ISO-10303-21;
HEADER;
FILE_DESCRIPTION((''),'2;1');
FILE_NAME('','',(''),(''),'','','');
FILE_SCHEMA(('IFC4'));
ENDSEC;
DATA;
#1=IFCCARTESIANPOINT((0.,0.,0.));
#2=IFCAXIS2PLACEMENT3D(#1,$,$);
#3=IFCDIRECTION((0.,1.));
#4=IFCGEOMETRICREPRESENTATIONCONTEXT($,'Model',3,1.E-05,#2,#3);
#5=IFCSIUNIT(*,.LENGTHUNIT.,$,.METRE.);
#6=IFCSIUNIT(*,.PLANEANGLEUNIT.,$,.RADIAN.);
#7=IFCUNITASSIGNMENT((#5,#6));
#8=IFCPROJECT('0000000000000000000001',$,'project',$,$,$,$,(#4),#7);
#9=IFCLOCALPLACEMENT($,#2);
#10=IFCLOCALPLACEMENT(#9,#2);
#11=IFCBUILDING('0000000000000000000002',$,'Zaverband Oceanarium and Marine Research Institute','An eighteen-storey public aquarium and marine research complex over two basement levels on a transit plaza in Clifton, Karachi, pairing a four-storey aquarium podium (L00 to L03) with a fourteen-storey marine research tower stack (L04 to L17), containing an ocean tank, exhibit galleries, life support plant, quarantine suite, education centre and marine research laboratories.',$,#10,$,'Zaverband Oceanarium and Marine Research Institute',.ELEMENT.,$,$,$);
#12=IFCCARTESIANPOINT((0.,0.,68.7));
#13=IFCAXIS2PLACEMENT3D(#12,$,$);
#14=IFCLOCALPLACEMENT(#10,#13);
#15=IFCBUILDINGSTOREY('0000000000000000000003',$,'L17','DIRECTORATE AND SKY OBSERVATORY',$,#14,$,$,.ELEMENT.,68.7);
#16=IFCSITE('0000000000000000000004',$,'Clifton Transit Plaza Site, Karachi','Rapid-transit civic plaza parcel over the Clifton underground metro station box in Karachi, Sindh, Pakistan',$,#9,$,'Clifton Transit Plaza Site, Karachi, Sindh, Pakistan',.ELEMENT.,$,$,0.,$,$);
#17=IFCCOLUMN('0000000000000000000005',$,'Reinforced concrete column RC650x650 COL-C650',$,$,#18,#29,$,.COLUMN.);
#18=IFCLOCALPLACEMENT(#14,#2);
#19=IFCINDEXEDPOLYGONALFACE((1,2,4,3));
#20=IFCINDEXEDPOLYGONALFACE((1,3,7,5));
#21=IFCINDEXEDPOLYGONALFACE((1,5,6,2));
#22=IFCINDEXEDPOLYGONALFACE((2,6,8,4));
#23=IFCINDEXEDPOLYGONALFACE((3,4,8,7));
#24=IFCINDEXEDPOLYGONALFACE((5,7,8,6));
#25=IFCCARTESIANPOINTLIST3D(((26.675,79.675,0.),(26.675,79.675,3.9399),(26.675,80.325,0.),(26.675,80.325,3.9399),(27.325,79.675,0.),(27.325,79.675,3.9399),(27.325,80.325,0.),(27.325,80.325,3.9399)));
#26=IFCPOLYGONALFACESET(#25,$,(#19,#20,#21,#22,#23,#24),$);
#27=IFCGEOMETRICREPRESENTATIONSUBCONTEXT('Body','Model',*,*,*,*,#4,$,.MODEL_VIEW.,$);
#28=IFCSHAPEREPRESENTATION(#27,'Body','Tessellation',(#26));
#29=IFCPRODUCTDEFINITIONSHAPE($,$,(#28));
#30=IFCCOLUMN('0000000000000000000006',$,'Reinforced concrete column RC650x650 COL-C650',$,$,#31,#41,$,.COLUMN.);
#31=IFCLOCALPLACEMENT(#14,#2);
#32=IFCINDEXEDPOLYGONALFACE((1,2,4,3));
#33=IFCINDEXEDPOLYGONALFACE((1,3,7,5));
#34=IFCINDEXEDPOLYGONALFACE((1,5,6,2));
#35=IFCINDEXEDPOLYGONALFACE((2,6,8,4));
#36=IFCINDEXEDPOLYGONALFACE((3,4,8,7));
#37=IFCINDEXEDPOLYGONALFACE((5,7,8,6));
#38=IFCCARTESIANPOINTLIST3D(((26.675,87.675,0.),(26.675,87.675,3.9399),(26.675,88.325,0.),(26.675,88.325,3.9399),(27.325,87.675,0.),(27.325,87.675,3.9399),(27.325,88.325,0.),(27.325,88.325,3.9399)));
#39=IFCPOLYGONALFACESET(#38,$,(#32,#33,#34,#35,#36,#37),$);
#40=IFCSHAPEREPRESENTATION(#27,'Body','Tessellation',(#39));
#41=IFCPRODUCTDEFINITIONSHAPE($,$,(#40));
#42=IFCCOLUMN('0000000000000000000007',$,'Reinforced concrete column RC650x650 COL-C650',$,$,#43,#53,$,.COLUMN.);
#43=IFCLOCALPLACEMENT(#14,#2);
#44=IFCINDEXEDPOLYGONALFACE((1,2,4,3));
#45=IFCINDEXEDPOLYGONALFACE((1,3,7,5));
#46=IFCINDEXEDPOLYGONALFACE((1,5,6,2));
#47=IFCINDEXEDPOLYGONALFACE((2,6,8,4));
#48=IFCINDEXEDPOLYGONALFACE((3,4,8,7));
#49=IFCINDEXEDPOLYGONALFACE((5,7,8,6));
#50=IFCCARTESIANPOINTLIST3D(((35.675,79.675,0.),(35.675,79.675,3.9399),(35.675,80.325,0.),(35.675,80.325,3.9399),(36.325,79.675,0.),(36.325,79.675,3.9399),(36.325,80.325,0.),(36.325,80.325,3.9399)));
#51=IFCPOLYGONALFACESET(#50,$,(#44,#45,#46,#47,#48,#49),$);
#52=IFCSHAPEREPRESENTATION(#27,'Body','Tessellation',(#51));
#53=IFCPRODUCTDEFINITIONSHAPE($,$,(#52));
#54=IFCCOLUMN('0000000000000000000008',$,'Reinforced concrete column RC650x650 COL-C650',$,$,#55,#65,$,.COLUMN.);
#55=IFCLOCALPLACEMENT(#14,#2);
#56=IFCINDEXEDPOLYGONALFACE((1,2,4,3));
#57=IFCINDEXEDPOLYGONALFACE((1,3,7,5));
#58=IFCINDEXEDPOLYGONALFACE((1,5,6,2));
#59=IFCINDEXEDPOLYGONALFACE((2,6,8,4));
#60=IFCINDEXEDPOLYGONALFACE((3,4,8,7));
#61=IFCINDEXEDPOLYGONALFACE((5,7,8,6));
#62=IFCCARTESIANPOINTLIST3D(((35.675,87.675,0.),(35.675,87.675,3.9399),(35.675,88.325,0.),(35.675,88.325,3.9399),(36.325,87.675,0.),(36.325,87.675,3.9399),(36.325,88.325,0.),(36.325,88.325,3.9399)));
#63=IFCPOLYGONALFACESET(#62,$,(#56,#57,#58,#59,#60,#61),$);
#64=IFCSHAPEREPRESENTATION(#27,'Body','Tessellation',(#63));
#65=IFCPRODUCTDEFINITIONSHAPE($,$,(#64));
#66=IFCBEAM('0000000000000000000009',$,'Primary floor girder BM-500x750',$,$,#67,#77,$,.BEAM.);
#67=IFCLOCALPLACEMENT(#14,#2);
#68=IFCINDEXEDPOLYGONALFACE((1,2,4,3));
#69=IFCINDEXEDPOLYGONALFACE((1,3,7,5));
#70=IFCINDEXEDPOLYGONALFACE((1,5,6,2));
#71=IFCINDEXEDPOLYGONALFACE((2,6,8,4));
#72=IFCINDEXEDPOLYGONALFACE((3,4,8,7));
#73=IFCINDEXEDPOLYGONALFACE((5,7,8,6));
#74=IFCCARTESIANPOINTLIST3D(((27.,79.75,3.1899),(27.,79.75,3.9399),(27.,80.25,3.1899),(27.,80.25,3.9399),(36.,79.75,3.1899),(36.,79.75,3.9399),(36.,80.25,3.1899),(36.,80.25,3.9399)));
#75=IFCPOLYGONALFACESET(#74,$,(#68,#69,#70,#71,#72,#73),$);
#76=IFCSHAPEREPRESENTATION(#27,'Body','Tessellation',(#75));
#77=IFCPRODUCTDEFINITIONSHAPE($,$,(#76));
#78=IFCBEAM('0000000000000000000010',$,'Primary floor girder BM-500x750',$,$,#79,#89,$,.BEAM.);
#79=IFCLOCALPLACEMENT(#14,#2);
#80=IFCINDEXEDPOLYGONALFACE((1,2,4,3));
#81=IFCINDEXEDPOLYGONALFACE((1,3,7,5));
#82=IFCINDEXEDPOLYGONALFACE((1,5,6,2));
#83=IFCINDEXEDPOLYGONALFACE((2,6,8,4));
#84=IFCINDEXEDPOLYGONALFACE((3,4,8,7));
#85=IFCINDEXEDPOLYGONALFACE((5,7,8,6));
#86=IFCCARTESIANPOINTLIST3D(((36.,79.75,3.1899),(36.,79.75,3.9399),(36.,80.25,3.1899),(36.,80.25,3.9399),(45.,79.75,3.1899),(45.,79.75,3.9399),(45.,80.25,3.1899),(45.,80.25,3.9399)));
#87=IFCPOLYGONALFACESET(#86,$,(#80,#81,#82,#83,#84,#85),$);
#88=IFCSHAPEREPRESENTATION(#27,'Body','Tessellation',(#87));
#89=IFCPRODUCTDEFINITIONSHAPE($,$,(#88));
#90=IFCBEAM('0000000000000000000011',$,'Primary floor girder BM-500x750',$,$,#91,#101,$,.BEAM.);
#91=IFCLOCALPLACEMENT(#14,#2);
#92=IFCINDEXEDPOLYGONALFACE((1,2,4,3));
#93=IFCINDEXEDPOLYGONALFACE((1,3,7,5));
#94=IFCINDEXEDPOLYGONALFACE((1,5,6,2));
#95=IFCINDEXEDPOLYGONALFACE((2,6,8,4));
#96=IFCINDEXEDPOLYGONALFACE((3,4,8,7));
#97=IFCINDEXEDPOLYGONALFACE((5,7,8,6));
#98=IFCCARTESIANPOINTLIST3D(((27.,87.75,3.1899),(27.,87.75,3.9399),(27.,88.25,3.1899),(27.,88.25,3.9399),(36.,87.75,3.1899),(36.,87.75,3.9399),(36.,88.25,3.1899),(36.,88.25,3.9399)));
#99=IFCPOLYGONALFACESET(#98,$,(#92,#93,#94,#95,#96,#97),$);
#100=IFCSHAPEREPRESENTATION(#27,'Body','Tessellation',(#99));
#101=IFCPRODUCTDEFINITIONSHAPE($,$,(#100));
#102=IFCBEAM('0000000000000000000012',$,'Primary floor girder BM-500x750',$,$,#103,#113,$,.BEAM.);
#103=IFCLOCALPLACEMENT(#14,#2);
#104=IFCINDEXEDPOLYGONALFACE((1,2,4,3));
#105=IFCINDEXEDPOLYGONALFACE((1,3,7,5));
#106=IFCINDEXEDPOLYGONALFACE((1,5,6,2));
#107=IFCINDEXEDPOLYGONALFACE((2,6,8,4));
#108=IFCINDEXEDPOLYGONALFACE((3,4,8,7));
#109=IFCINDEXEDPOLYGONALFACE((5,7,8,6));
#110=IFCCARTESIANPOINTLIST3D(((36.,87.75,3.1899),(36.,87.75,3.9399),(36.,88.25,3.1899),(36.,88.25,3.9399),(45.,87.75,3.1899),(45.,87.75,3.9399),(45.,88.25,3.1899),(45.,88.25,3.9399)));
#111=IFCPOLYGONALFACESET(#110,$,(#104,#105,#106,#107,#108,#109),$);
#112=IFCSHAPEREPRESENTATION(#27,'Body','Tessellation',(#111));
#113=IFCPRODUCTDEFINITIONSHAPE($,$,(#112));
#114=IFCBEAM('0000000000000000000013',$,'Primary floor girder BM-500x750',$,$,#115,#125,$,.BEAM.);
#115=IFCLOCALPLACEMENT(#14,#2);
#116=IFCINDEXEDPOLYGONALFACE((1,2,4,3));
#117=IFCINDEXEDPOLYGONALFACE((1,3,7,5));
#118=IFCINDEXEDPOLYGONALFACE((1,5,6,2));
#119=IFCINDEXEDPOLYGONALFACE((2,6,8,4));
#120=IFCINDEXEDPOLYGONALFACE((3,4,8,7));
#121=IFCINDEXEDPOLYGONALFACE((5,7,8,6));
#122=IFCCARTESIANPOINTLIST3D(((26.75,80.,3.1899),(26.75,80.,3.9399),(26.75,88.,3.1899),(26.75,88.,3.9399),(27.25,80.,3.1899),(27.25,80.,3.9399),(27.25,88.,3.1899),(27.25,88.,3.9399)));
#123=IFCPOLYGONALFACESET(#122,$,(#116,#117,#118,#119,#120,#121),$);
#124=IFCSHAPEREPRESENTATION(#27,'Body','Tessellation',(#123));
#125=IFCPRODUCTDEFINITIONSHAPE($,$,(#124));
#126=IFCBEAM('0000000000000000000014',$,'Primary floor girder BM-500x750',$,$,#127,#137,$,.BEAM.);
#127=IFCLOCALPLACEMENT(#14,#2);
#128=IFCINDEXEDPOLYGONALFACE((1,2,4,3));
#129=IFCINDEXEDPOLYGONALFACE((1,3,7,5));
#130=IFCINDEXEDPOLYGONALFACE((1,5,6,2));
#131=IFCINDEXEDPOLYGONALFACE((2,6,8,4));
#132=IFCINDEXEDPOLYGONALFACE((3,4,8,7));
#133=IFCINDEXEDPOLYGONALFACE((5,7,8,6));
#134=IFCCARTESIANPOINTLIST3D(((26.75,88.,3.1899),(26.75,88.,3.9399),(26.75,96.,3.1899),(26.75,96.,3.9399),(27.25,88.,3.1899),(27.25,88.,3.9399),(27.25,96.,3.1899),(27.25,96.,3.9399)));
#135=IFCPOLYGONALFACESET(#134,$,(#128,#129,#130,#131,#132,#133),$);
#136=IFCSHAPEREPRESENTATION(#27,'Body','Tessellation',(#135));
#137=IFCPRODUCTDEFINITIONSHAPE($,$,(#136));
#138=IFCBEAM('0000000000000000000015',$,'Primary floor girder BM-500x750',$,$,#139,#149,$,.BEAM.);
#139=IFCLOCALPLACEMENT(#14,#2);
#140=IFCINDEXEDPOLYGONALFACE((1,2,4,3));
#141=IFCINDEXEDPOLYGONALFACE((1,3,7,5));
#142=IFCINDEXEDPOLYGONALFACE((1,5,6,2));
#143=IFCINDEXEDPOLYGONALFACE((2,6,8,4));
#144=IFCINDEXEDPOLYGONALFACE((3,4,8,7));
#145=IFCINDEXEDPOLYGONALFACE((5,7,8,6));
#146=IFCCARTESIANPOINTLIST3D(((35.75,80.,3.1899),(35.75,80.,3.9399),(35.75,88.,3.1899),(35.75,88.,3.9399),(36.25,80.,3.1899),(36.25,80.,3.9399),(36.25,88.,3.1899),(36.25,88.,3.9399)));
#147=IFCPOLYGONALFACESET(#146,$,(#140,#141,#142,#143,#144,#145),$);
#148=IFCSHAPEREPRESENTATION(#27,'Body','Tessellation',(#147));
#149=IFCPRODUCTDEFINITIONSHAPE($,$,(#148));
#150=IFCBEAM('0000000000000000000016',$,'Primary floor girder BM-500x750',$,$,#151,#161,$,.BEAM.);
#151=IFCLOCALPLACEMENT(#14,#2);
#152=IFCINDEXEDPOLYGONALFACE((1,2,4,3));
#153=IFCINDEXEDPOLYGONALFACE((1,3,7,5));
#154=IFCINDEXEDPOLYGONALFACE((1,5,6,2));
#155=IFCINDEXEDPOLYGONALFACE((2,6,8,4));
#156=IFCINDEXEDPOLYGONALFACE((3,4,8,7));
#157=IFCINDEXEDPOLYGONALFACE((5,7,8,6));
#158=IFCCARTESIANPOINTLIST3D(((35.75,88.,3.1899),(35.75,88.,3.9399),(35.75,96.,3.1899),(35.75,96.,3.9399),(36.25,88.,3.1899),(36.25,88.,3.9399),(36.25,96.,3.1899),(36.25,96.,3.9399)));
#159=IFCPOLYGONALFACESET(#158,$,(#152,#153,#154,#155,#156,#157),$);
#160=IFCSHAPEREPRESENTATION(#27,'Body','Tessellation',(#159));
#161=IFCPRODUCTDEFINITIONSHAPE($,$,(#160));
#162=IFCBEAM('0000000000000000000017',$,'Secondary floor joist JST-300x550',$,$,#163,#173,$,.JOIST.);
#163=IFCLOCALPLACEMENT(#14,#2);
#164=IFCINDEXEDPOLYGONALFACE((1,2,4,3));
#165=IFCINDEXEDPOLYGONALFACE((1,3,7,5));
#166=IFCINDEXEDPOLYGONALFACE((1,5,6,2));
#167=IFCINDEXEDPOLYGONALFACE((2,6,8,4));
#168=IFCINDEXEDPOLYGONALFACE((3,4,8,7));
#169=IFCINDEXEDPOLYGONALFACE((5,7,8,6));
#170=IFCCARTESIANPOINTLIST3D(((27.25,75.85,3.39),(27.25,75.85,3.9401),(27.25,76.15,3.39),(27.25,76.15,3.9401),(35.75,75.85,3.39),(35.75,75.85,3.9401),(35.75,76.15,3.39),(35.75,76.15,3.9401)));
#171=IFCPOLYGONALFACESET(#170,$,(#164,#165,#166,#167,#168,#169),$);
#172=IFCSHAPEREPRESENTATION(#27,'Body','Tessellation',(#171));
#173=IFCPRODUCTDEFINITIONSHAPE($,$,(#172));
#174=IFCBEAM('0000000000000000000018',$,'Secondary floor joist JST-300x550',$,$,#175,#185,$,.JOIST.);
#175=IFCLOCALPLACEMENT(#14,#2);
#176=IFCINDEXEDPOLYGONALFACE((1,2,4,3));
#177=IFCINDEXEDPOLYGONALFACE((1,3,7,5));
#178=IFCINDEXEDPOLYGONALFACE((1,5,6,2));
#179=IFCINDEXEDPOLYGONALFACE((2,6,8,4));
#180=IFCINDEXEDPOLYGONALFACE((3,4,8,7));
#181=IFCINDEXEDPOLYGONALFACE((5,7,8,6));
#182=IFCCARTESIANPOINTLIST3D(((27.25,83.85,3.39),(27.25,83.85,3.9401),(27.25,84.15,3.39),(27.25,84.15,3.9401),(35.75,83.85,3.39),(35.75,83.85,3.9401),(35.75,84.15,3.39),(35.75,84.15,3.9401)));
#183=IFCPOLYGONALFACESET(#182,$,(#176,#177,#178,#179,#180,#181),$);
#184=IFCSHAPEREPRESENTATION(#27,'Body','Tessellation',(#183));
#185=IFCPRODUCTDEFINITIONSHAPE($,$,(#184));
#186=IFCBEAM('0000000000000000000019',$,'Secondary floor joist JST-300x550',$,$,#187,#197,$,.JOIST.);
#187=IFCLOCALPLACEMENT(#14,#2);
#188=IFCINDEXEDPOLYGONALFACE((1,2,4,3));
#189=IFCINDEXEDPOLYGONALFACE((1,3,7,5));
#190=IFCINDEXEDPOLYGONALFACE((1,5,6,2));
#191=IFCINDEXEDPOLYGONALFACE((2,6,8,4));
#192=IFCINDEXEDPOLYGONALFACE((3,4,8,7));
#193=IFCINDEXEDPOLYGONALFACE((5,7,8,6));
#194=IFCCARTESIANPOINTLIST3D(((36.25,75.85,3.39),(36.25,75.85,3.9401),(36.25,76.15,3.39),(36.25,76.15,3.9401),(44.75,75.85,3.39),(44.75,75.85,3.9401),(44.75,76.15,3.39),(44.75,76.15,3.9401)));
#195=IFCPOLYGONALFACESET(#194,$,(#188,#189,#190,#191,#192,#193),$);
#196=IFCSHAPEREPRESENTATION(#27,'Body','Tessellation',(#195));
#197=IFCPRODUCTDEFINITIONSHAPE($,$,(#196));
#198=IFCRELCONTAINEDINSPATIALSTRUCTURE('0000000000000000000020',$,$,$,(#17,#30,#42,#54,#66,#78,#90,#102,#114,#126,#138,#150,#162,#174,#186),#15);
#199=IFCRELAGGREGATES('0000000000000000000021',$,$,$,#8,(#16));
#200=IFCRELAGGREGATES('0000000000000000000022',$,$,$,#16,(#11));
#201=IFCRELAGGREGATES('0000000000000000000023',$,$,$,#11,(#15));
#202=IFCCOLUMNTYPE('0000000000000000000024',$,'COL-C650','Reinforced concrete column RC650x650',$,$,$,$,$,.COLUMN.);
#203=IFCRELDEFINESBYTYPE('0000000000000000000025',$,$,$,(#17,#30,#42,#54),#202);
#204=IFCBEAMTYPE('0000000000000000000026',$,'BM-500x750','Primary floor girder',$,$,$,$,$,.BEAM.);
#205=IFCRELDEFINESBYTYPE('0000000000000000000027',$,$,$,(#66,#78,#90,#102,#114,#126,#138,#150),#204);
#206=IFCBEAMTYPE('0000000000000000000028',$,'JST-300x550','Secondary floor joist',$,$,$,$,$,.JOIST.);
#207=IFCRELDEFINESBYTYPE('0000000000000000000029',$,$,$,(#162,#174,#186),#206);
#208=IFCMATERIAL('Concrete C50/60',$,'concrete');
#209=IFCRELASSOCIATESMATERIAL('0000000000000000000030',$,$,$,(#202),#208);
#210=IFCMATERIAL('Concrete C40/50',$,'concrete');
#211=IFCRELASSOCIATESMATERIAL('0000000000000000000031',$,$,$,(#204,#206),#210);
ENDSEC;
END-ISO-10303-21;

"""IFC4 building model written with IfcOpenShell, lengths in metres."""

from ifc_helpers import new_model, si_unit, direction, frame, origin, origin_2d, place, context, subcontext, project, spatial, rectangle, extrude, material, material_profile, profile_set, type_object, element, save


model = new_model("IFC4")

# Units and contexts
model_context = context("Model", 3, precision=1e-05, world=origin(), true_north=direction((0.0, 1.0)))
body_context = subcontext(model_context, "Body", "Model", "MODEL_VIEW")
ifc_project = project(units=[si_unit("LENGTHUNIT", "METRE"), si_unit("PLANEANGLEUNIT", "RADIAN")], contexts=[model_context])

# Site, building, storey
site_placement = place(None, origin())
site = spatial("IfcSite", under=ifc_project, at=site_placement, Name="Clifton Transit Plaza Site, Karachi", Description="Rapid-transit civic plaza parcel over the Clifton underground metro station box in Karachi, Sindh, Pakistan", LongName="Clifton Transit Plaza Site, Karachi, Sindh, Pakistan", CompositionType="ELEMENT", RefElevation=0.0)
building_placement = place(site_placement, origin())
building = spatial("IfcBuilding", under=site, at=building_placement, Name="Zaverband Oceanarium and Marine Research Institute", Description="An eighteen-storey public aquarium and marine research complex over two basement levels on a transit plaza in Clifton, Karachi, pairing a four-storey aquarium podium (L00 to L03) with a fourteen-storey marine research tower stack (L04 to L17), containing an ocean tank, exhibit galleries, life support plant, quarantine suite, education centre and marine research laboratories.", LongName="Zaverband Oceanarium and Marine Research Institute", CompositionType="ELEMENT")
storey_placement = place(building_placement, frame((0.0, 0.0, 68.7)))
storey = spatial("IfcBuildingStorey", under=building, at=storey_placement, Name="L17", Description="DIRECTORATE AND SKY OBSERVATORY", CompositionType="ELEMENT", Elevation=68.7)

# Columns
ifc_material_1 = material(Name="Concrete C50/60", Category="concrete")
ifc_material_profile_1 = material_profile(ifc_material_1, rectangle(XDim=0.6499, YDim=0.6499, at=origin_2d()), Name="RC650x650")
ifc_profile_set_1 = profile_set([ifc_material_profile_1], Name="Concrete C50/60")
column_type = type_object("IfcColumnType", Name="COL-C650", Description="Reinforced concrete column RC650x650", PredefinedType="COLUMN", material=ifc_profile_set_1)
for number, where, z_axis, x_axis, name in (
    (1, (27.0, 80.0, 0.0), (0.0, 0.0, 1.0), (1.0, 0.0, 0.0), "Reinforced concrete column RC650x650 COL-C650"),
    (2, (27.0, 88.0, 0.0), (0.0, 0.0, 1.0), (1.0, 0.0, 0.0), "Reinforced concrete column RC650x650 COL-C650"),
    (3, (36.0, 80.0, 0.0), (0.0, 0.0, 1.0), (1.0, 0.0, 0.0), "Reinforced concrete column RC650x650 COL-C650"),
    (4, (36.0, 88.0, 0.0), (0.0, 0.0, 1.0), (1.0, 0.0, 0.0), "Reinforced concrete column RC650x650 COL-C650"),
):
    element("IfcColumn", number, at=place(storey_placement, frame(where, z_axis=z_axis, x_axis=x_axis)), inside=storey, type_object=column_type, Name=name, PredefinedType="COLUMN", context=body_context, shape_type="SweptSolid", body=[
        extrude(rectangle(XDim=0.6499, YDim=0.6499, at=origin_2d()), origin(), (0.0, 0.0, 1.0), 3.9399),
    ])

# Beams
ifc_material_2 = material(Name="Concrete C40/50", Category="concrete")
ifc_material_profile_2 = material_profile(ifc_material_2, rectangle(XDim=0.5, YDim=0.75, at=origin_2d()), Name="RC500x750")
ifc_profile_set_2 = profile_set([ifc_material_profile_2], Name="Concrete C40/50")
beam_type_1 = type_object("IfcBeamType", Name="BM-500x750", Description="Primary floor girder", PredefinedType="BEAM", material=ifc_profile_set_2)
for number, where, z_axis, x_axis, name in (
    (5, (27.0, 80.0, 3.5649), (1.0, 0.0, 0.0), (0.0, 1.0, 0.0), "Primary floor girder BM-500x750"),
    (6, (36.0, 80.0, 3.5649), (1.0, 0.0, 0.0), (0.0, 1.0, 0.0), "Primary floor girder BM-500x750"),
    (7, (27.0, 88.0, 3.5649), (1.0, 0.0, 0.0), (0.0, 1.0, 0.0), "Primary floor girder BM-500x750"),
    (8, (36.0, 88.0, 3.5649), (1.0, 0.0, 0.0), (0.0, 1.0, 0.0), "Primary floor girder BM-500x750"),
):
    element("IfcBeam", number, at=place(storey_placement, frame(where, z_axis=z_axis, x_axis=x_axis)), inside=storey, type_object=beam_type_1, Name=name, PredefinedType="BEAM", context=body_context, shape_type="SweptSolid", body=[
        extrude(rectangle(XDim=0.5, YDim=0.75, at=origin_2d()), origin(), (0.0, 0.0, 1.0), 9.0),
    ])
for number, where, z_axis, x_axis, name in (
    (9, (27.0, 80.0, 3.5649), (0.0, 1.0, 0.0), (-1.0, 0.0, 0.0), "Primary floor girder BM-500x750"),
    (10, (27.0, 88.0, 3.5649), (0.0, 1.0, 0.0), (-1.0, 0.0, 0.0), "Primary floor girder BM-500x750"),
    (11, (36.0, 80.0, 3.5649), (0.0, 1.0, 0.0), (-1.0, 0.0, 0.0), "Primary floor girder BM-500x750"),
    (12, (36.0, 88.0, 3.5649), (0.0, 1.0, 0.0), (-1.0, 0.0, 0.0), "Primary floor girder BM-500x750"),
):
    element("IfcBeam", number, at=place(storey_placement, frame(where, z_axis=z_axis, x_axis=x_axis)), inside=storey, type_object=beam_type_1, Name=name, PredefinedType="BEAM", context=body_context, shape_type="SweptSolid", body=[
        extrude(rectangle(XDim=0.5, YDim=0.75, at=origin_2d()), origin(), (0.0, 0.0, 1.0), 8.0),
    ])
ifc_material_profile_3 = material_profile(ifc_material_2, rectangle(XDim=0.3, YDim=0.55, at=origin_2d()), Name="RC300x550")
ifc_profile_set_3 = profile_set([ifc_material_profile_3], Name="Concrete C40/50")
beam_type_2 = type_object("IfcBeamType", Name="JST-300x550", Description="Secondary floor joist", PredefinedType="JOIST", material=ifc_profile_set_3)
for number, where, z_axis, x_axis, name in (
    (13, (27.25, 76.0, 3.665), (1.0, 0.0, 0.0), (0.0, 1.0, 0.0), "Secondary floor joist JST-300x550"),
    (14, (27.25, 84.0, 3.665), (1.0, 0.0, 0.0), (0.0, 1.0, 0.0), "Secondary floor joist JST-300x550"),
    (15, (36.25, 76.0, 3.665), (1.0, 0.0, 0.0), (0.0, 1.0, 0.0), "Secondary floor joist JST-300x550"),
):
    element("IfcBeam", number, at=place(storey_placement, frame(where, z_axis=z_axis, x_axis=x_axis)), inside=storey, type_object=beam_type_2, Name=name, PredefinedType="JOIST", context=body_context, shape_type="SweptSolid", body=[
        extrude(rectangle(XDim=0.3, YDim=0.55, at=origin_2d()), origin(), (0.0, 0.0, 1.0), 8.5),
    ])

save(model, "model.ifc")
